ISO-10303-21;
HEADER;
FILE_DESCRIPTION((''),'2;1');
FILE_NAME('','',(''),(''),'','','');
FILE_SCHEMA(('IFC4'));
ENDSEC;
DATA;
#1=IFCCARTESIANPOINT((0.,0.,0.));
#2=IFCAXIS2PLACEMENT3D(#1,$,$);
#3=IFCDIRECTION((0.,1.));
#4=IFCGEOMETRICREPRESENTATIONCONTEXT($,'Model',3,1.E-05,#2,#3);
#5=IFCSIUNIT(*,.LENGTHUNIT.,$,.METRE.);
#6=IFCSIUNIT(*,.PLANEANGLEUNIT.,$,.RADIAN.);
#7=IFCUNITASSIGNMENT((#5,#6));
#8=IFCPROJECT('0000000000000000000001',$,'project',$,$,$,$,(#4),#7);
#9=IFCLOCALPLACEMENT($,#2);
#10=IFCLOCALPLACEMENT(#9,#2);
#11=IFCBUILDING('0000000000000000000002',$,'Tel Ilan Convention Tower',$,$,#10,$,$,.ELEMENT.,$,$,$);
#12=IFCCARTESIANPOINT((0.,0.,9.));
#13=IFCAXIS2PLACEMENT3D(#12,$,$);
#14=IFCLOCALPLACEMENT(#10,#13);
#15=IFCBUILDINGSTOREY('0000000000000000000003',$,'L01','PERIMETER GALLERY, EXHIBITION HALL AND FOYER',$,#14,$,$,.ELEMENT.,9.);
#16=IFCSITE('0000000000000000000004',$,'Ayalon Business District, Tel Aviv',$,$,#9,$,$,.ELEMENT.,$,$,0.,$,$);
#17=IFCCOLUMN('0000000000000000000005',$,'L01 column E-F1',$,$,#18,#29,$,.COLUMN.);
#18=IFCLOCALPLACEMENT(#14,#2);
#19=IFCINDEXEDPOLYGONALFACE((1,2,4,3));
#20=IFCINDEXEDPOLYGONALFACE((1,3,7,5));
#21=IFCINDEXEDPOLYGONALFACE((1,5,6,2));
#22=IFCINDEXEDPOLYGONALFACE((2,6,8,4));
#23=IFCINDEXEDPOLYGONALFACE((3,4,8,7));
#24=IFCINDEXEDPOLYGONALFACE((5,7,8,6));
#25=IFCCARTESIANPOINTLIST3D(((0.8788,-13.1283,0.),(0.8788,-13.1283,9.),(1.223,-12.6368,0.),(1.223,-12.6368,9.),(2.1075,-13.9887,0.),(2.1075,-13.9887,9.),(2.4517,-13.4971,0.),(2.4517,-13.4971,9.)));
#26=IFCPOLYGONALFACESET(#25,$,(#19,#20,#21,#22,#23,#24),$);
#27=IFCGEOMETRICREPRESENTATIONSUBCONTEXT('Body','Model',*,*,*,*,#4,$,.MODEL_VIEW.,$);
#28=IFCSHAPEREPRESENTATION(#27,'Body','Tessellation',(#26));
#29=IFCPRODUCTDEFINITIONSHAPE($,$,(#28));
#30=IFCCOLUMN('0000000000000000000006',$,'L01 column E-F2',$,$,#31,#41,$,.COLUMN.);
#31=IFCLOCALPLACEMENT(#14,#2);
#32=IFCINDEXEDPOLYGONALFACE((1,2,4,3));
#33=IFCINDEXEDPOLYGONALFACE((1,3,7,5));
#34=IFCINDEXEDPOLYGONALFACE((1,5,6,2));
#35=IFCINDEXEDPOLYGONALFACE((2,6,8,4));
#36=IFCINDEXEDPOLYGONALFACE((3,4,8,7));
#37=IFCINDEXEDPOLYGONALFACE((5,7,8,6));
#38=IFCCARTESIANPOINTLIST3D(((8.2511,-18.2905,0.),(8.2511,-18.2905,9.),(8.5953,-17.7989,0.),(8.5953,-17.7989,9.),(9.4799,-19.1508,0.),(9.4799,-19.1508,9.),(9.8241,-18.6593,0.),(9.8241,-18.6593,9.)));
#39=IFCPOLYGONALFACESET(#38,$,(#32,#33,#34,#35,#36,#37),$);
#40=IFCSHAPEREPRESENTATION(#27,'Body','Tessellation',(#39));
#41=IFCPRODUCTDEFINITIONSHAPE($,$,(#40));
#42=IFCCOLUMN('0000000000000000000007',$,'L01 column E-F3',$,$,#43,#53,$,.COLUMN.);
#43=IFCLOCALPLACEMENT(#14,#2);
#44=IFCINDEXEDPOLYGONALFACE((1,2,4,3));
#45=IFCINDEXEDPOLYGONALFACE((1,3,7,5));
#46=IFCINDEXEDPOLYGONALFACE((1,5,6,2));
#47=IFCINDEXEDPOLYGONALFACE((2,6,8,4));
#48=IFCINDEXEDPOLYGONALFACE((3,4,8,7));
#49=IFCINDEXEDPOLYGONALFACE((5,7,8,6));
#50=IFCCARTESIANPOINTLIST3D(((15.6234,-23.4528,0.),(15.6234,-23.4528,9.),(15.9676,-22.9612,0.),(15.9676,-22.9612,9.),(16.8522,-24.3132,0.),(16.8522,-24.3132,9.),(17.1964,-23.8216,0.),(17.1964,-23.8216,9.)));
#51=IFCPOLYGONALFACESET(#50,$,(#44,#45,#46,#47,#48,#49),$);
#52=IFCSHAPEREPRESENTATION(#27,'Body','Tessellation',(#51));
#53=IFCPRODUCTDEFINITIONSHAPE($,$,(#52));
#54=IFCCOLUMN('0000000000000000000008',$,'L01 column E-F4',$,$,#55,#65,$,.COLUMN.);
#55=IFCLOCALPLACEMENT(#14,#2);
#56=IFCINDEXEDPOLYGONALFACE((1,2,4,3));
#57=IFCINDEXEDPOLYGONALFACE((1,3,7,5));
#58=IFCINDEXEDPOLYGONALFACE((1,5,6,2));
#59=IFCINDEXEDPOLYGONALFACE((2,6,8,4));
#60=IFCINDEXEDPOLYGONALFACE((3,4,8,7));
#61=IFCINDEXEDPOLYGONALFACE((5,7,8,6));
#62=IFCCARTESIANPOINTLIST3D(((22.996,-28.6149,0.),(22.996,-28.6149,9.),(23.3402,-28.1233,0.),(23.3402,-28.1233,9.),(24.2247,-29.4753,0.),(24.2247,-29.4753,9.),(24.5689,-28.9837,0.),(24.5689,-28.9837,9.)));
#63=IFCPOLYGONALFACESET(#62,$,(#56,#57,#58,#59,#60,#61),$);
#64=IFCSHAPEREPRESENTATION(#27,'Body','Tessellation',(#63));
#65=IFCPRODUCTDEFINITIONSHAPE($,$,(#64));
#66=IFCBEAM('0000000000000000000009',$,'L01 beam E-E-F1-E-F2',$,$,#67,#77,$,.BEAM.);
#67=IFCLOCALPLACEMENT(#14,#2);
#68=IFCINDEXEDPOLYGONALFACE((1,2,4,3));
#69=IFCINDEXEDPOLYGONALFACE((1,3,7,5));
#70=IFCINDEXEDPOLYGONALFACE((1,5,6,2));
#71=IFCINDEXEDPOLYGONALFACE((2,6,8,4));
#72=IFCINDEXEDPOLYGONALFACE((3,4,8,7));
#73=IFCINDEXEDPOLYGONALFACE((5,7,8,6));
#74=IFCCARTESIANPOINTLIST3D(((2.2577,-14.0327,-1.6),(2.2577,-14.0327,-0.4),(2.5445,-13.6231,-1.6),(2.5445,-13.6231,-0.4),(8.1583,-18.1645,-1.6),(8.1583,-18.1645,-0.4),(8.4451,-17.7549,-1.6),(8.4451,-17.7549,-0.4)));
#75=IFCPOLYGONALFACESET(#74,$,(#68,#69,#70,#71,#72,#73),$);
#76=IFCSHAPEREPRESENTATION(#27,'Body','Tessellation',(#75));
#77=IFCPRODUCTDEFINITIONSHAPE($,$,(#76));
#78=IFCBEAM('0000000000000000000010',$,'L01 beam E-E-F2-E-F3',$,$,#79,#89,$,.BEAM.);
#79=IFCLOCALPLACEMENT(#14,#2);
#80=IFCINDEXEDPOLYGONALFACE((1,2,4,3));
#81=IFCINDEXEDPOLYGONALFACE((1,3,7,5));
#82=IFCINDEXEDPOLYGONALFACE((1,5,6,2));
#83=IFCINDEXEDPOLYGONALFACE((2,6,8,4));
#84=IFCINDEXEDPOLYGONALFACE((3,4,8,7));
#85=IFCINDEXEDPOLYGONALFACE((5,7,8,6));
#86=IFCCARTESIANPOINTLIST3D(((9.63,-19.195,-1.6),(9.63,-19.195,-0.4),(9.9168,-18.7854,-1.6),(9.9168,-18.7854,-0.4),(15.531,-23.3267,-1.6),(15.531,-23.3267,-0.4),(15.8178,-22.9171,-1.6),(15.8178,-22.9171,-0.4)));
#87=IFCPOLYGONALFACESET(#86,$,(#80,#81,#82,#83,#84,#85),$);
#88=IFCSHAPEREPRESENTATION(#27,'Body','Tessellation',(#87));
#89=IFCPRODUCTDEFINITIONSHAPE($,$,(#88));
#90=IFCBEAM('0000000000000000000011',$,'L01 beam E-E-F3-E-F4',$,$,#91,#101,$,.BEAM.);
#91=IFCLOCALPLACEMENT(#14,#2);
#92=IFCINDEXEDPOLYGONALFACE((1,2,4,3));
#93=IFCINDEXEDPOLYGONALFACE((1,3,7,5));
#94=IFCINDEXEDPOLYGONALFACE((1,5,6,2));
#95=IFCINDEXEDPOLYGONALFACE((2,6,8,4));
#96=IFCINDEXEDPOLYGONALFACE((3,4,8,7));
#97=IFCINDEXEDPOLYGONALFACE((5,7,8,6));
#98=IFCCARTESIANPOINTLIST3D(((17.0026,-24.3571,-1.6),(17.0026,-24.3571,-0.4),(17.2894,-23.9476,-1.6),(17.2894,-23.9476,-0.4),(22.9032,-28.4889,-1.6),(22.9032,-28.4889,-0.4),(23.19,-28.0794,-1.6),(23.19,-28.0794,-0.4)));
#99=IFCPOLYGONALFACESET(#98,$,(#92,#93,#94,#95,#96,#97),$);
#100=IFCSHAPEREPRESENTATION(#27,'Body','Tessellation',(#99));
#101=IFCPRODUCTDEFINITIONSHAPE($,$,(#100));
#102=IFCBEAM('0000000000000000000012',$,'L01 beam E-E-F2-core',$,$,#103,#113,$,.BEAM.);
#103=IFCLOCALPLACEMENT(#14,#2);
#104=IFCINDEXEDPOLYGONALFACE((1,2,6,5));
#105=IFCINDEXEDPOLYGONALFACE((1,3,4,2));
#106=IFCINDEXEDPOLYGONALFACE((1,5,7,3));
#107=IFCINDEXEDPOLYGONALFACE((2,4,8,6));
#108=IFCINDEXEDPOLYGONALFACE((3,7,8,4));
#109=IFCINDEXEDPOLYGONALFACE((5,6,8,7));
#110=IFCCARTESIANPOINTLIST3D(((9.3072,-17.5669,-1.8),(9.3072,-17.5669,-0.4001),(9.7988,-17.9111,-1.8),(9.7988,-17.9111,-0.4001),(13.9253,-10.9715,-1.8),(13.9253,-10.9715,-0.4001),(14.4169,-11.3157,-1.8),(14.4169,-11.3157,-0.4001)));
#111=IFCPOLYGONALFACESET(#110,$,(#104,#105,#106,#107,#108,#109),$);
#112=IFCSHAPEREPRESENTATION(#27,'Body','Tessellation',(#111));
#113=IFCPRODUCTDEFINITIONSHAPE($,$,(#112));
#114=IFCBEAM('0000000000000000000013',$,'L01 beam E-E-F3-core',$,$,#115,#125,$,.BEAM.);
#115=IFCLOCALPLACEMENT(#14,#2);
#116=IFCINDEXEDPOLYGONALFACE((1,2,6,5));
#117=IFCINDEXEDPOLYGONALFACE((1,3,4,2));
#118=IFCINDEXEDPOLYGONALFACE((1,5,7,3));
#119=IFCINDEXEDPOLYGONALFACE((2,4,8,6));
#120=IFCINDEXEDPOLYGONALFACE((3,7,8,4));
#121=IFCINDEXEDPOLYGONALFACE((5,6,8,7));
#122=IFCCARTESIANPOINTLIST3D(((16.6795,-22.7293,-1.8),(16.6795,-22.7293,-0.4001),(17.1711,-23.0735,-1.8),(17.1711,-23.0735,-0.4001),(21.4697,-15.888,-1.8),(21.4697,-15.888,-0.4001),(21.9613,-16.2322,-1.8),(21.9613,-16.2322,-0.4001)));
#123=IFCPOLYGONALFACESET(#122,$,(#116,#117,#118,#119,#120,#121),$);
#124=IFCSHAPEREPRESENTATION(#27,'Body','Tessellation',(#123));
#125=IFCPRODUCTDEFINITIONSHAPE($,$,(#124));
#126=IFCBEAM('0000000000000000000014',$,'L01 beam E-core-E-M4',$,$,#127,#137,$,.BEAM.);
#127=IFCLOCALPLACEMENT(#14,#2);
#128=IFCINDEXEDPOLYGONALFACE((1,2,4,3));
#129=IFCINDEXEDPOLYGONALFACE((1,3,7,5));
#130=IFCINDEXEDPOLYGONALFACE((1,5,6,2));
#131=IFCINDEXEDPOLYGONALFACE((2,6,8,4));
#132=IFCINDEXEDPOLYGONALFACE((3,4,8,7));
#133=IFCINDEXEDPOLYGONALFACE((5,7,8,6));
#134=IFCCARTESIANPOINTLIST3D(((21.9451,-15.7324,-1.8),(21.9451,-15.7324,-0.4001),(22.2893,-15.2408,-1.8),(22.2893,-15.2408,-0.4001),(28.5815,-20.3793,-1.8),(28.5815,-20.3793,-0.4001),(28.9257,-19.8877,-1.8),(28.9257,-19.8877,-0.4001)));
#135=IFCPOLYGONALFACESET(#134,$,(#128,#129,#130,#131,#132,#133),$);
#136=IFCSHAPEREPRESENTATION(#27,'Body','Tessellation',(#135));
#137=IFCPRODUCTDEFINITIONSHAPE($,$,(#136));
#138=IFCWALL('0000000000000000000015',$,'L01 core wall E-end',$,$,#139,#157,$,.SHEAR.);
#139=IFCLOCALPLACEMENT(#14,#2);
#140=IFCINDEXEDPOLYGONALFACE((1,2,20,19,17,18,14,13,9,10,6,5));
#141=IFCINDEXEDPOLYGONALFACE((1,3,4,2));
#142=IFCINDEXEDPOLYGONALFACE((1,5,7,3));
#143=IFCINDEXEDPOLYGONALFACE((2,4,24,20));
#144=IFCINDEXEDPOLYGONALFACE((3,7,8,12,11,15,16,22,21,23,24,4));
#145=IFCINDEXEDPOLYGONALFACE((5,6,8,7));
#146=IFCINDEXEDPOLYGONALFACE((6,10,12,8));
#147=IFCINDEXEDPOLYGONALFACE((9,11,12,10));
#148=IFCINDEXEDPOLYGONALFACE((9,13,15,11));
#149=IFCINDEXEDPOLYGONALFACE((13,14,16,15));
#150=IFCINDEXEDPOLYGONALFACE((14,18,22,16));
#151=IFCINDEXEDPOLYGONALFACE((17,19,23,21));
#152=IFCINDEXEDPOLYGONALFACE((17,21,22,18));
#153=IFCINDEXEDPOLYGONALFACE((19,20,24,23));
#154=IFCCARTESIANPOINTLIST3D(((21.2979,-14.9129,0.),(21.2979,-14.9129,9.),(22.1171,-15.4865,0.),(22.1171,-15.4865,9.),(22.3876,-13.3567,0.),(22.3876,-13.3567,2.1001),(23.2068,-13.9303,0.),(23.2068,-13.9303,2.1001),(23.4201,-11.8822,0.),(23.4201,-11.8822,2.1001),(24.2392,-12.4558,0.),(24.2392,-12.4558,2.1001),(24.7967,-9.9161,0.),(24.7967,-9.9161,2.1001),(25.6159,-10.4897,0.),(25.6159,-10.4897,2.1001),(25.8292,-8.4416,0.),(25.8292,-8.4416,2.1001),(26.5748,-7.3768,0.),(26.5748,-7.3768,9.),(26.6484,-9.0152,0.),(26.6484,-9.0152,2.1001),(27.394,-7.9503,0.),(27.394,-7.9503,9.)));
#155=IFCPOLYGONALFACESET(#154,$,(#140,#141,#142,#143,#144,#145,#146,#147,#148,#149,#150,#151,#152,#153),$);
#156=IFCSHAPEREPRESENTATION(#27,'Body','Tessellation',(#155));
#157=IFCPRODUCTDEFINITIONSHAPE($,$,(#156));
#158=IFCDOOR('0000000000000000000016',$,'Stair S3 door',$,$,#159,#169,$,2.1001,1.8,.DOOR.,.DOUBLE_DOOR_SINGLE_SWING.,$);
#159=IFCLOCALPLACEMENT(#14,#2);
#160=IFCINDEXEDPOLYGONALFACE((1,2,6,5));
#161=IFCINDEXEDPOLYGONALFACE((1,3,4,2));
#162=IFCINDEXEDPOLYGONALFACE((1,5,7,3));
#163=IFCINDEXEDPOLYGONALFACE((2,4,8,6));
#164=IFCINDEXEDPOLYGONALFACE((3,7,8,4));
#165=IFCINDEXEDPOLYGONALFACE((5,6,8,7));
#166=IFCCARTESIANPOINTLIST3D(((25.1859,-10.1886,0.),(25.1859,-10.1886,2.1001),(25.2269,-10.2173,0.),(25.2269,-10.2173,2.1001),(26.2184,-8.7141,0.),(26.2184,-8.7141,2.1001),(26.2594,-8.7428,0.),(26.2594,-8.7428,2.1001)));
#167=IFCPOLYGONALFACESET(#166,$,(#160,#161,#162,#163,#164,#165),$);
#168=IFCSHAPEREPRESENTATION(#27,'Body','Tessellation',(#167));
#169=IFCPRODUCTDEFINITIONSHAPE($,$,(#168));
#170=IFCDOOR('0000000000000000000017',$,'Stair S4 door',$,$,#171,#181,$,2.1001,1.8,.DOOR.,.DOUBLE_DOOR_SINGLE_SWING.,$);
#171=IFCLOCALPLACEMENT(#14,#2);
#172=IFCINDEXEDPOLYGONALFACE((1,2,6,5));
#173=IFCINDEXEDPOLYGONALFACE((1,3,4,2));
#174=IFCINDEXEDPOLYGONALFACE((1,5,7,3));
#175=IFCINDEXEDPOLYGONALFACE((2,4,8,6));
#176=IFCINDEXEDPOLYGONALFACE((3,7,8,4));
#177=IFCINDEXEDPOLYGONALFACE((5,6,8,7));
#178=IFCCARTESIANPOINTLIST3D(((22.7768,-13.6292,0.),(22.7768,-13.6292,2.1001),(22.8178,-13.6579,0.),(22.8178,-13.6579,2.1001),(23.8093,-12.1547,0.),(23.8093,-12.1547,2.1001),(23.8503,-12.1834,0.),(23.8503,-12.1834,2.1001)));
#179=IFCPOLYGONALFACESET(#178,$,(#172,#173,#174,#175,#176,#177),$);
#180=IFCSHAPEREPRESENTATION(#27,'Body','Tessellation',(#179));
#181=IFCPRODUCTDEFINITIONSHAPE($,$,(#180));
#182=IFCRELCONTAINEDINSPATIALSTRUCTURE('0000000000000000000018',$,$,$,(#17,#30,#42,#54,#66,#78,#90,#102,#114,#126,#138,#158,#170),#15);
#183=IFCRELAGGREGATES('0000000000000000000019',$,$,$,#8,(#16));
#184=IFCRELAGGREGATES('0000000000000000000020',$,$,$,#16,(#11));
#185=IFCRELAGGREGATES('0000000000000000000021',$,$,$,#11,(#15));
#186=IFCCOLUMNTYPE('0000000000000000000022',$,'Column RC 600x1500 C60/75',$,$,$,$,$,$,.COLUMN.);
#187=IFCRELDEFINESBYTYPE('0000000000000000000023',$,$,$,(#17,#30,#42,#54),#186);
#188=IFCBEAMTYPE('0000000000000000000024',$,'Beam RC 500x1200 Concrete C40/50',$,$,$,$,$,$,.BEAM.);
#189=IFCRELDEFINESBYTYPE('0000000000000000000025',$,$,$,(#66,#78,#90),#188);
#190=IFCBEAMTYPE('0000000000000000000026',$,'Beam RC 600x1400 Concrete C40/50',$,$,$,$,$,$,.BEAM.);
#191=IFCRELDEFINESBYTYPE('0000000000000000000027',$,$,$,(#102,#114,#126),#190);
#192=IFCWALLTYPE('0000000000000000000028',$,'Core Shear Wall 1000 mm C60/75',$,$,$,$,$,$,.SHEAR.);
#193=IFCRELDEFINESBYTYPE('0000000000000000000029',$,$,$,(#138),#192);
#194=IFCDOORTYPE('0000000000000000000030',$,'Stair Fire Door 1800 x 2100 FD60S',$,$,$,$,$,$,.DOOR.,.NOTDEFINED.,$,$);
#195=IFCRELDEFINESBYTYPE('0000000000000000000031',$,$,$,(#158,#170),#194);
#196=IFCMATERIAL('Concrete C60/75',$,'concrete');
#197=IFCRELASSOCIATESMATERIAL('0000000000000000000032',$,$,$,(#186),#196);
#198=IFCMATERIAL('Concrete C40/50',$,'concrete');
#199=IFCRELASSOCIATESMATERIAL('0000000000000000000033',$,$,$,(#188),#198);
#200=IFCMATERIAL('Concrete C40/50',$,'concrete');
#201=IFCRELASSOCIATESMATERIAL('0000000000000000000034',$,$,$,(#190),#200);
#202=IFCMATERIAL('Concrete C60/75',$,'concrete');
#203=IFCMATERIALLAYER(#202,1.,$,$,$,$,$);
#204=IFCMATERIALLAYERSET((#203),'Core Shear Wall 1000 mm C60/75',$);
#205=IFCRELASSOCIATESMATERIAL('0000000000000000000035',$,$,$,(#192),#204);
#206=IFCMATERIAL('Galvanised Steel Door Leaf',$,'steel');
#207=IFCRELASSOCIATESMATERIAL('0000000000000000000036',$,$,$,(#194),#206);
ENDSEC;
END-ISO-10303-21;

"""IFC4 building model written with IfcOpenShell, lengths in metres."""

from ifc_helpers import new_model, si_unit, direction, frame, frame_2d, origin, origin_2d, place, context, subcontext, project, spatial, polyline, rectangle, outline, extrude, material, layer, layer_set, material_profile, profile_set, type_object, element, fill, save


model = new_model("IFC4")

# Units and contexts
model_context = context("Model", 3, precision=1e-05, world=origin(), true_north=direction((0.0, 1.0)))
body_context = subcontext(model_context, "Body", "Model", "MODEL_VIEW")
ifc_project = project(units=[si_unit("LENGTHUNIT", "METRE"), si_unit("PLANEANGLEUNIT", "RADIAN")], contexts=[model_context])

# Site, building, storey
site_placement = place(None, origin())
site = spatial("IfcSite", under=ifc_project, at=site_placement, Name="Ayalon Business District, Tel Aviv", CompositionType="ELEMENT", RefElevation=0.0)
building_placement = place(site_placement, origin())
building = spatial("IfcBuilding", under=site, at=building_placement, Name="Tel Ilan Convention Tower", CompositionType="ELEMENT")
storey_placement = place(building_placement, frame((0.0, 0.0, 9.0)))
storey = spatial("IfcBuildingStorey", under=building, at=storey_placement, Name="L01", Description="PERIMETER GALLERY, EXHIBITION HALL AND FOYER", CompositionType="ELEMENT", Elevation=9.0)

# Columns
ifc_material_1 = material(Name="Concrete C60/75", Category="concrete")
ifc_material_profile_1 = material_profile(ifc_material_1, rectangle(XDim=1.5, YDim=0.6001, at=origin_2d()), Name="RC 600x1500")
ifc_profile_set_1 = profile_set([ifc_material_profile_1], Name="Concrete C60/75")
column_type = type_object("IfcColumnType", Name="Column RC 600x1500 C60/75", PredefinedType="COLUMN", material=ifc_profile_set_1)
for number, where, z_axis, x_axis, name in (
    (1, (1.6653, -13.3127, 0.0), (0.0, 0.0, 1.0), (0.819152, -0.573576, 0.0), "L01 column E-F1"),
    (2, (9.0376, -18.4749, 0.0), (0.0, 0.0, 1.0), (0.819152, -0.573576, 0.0), "L01 column E-F2"),
    (3, (16.4099, -23.6372, 0.0), (0.0, 0.0, 1.0), (0.819152, -0.573576, 0.0), "L01 column E-F3"),
    (4, (23.7825, -28.7993, 0.0), (0.0, 0.0, 1.0), (0.819152, -0.573576, 0.0), "L01 column E-F4"),
):
    element("IfcColumn", number, at=place(storey_placement, frame(where, z_axis=z_axis, x_axis=x_axis)), inside=storey, type_object=column_type, Name=name, PredefinedType="COLUMN", context=body_context, shape_type="SweptSolid", body=[
        extrude(rectangle(XDim=1.5, YDim=0.6001, at=origin_2d()), origin(), (0.0, 0.0, 1.0), 9.0),
    ])

# Beams
ifc_material_2 = material(Name="Concrete C40/50", Category="concrete")
ifc_material_profile_2 = material_profile(ifc_material_2, rectangle(XDim=0.5, YDim=1.2, at=origin_2d()), Name="RC 500x1200")
ifc_profile_set_2 = profile_set([ifc_material_profile_2], Name="Concrete C40/50")
beam_type_1 = type_object("IfcBeamType", Name="Beam RC 500x1200 Concrete C40/50", PredefinedType="BEAM", material=ifc_profile_set_2)
beam_1_placement = place(storey_placement, frame((2.4011, -13.8279, -1.0), z_axis=(0.819141, -0.573592, 0.0), x_axis=(0.573592, 0.819141, 0.0)))
element("IfcBeam", 5, at=beam_1_placement, inside=storey, type_object=beam_type_1, Name="L01 beam E-E-F1-E-F2", PredefinedType="BEAM", context=body_context, shape_type="SweptSolid", body=[
    extrude(rectangle(XDim=0.5, YDim=1.2, at=origin_2d()), origin(), (0.0, 0.0, 1.0), 7.2034),
])
beam_2_placement = place(storey_placement, frame((9.7734, -18.9902, -1.0), z_axis=(0.819168, -0.573553, 0.0), x_axis=(0.573553, 0.819168, 0.0)))
element("IfcBeam", 6, at=beam_2_placement, inside=storey, type_object=beam_type_1, Name="L01 beam E-E-F2-E-F3", PredefinedType="BEAM", context=body_context, shape_type="SweptSolid", body=[
    extrude(rectangle(XDim=0.5, YDim=1.2, at=origin_2d()), origin(), (0.0, 0.0, 1.0), 7.2036),
])
beam_3_placement = place(storey_placement, frame((17.146, -24.1523, -1.0), z_axis=(0.819141, -0.573592, 0.0), x_axis=(0.573592, 0.819141, 0.0)))
element("IfcBeam", 7, at=beam_3_placement, inside=storey, type_object=beam_type_1, Name="L01 beam E-E-F3-E-F4", PredefinedType="BEAM", context=body_context, shape_type="SweptSolid", body=[
    extrude(rectangle(XDim=0.5, YDim=1.2, at=origin_2d()), origin(), (0.0, 0.0, 1.0), 7.2034),
])
ifc_material_3 = material(Name="Concrete C40/50", Category="concrete")
ifc_material_profile_3 = material_profile(ifc_material_3, rectangle(XDim=0.6001, YDim=1.3999, at=origin_2d()), Name="RC 600x1400")
ifc_profile_set_3 = profile_set([ifc_material_profile_3], Name="Concrete C40/50")
beam_type_2 = type_object("IfcBeamType", Name="Beam RC 600x1400 Concrete C40/50", PredefinedType="BEAM", material=ifc_profile_set_3)
beam_4_placement = place(storey_placement, frame((9.553, -17.739, -1.1001), z_axis=(0.573574, 0.819154, 0.0), x_axis=(-0.819154, 0.573574, 0.0)))
element("IfcBeam", 8, at=beam_4_placement, inside=storey, type_object=beam_type_2, Name="L01 beam E-E-F2-core", PredefinedType="BEAM", context=body_context, shape_type="SweptSolid", body=[
    extrude(rectangle(XDim=0.6001, YDim=1.3999, at=origin_2d()), origin(), (0.0, 0.0, 1.0), 8.0515),
])
beam_5_placement = place(storey_placement, frame((16.9253, -22.9014, -1.1001), z_axis=(0.573572, 0.819155, 0.0), x_axis=(-0.819155, 0.573572, 0.0)))
element("IfcBeam", 9, at=beam_5_placement, inside=storey, type_object=beam_type_2, Name="L01 beam E-E-F3-core", PredefinedType="BEAM", context=body_context, shape_type="SweptSolid", body=[
    extrude(rectangle(XDim=0.6001, YDim=1.3999, at=origin_2d()), origin(), (0.0, 0.0, 1.0), 8.3516),
])
beam_6_placement = place(storey_placement, frame((22.1172, -15.4866, -1.1001), z_axis=(0.819148, -0.573582, 0.0), x_axis=(0.573582, 0.819148, 0.0)))
element("IfcBeam", 10, at=beam_6_placement, inside=storey, type_object=beam_type_2, Name="L01 beam E-core-E-M4", PredefinedType="BEAM", context=body_context, shape_type="SweptSolid", body=[
    extrude(rectangle(XDim=0.6001, YDim=1.3999, at=origin_2d()), origin(), (0.0, 0.0, 1.0), 8.1016),
])

# Wall, openings, doors
ifc_material_4 = material(Name="Concrete C60/75", Category="concrete")
ifc_layer_1 = layer(ifc_material_4, 1.0)
ifc_layer_set_1 = layer_set([ifc_layer_1], Name="Core Shear Wall 1000 mm C60/75")
wall_type_1 = type_object("IfcWallType", Name="Core Shear Wall 1000 mm C60/75", PredefinedType="SHEAR", material=ifc_layer_set_1)
wall_1_placement = place(storey_placement, frame((21.7075, -15.1997, 0.0), z_axis=(0.0, 0.0, 1.0), x_axis=(0.573576, 0.819152, 0.0)))
wall_1 = element("IfcWall", 11, at=wall_1_placement, inside=storey, type_object=wall_type_1, Name="L01 core wall E-end", PredefinedType="SHEAR", context=body_context, shape_type="SweptSolid", body=[
    extrude(outline(polyline([(9.2, 0.5), (0.0, 0.5), (0.0, -0.5), (9.2, -0.5), (9.2, 0.5)])), origin(), (0.0, 0.0, 1.0), 9.0),
])
opening_1_placement = place(wall_1_placement, frame((6.1001, 0.0, 0.0)))
opening_1 = element("IfcOpeningElement", 12, at=opening_1_placement, cuts=wall_1, PredefinedType="OPENING", context=body_context, shape_type="SweptSolid", body=[
    extrude(rectangle(XDim=1.8, YDim=2.1001, at=frame_2d((0.8999, 1.05))), frame((0.0, 0.51, 0.0), z_axis=(0.0, -1.0, 0.0), x_axis=(1.0, 0.0, 0.0)), (0.0, 0.0, 1.0), 1.02),
])
opening_2_placement = place(wall_1_placement, frame((1.8999, 0.0, 0.0)))
opening_2 = element("IfcOpeningElement", 13, at=opening_2_placement, cuts=wall_1, PredefinedType="OPENING", context=body_context, shape_type="SweptSolid", body=[
    extrude(rectangle(XDim=1.8, YDim=2.1001, at=frame_2d((0.8999, 1.05))), frame((0.0, 0.51, 0.0), z_axis=(0.0, -1.0, 0.0), x_axis=(1.0, 0.0, 0.0)), (0.0, 0.0, 1.0), 1.02),
])
ifc_material_5 = material(Name="Galvanised Steel Door Leaf", Category="steel")
door_type_1 = type_object("IfcDoorType", Name="Stair Fire Door 1800 x 2100 FD60S", OperationType="NOTDEFINED", PredefinedType="DOOR", material=ifc_material_5)
door_1_placement = place(opening_1_placement, origin())
door_1 = element("IfcDoor", 14, at=door_1_placement, inside=storey, type_object=door_type_1, Name="Stair S3 door", OperationType="DOUBLE_DOOR_SINGLE_SWING", OverallHeight=2.1001, OverallWidth=1.8, PredefinedType="DOOR", context=body_context, shape_type="SweptSolid", body=[
    extrude(rectangle(XDim=1.8, YDim=2.1001, at=frame_2d((0.8999, 1.05))), frame((0.0, 0.0249, 0.0), z_axis=(0.0, -1.0, 0.0), x_axis=(1.0, 0.0, 0.0)), (0.0, 0.0, 1.0), 0.05),
])
fill(opening_1, door_1)
door_2_placement = place(opening_2_placement, origin())
door_2 = element("IfcDoor", 15, at=door_2_placement, inside=storey, type_object=door_type_1, Name="Stair S4 door", OperationType="DOUBLE_DOOR_SINGLE_SWING", OverallHeight=2.1001, OverallWidth=1.8, PredefinedType="DOOR", context=body_context, shape_type="SweptSolid", body=[
    extrude(rectangle(XDim=1.8, YDim=2.1001, at=frame_2d((0.8999, 1.05))), frame((0.0, 0.0249, 0.0), z_axis=(0.0, -1.0, 0.0), x_axis=(1.0, 0.0, 0.0)), (0.0, 0.0, 1.0), 0.05),
])
fill(opening_2, door_2)

save(model, "model.ifc")
